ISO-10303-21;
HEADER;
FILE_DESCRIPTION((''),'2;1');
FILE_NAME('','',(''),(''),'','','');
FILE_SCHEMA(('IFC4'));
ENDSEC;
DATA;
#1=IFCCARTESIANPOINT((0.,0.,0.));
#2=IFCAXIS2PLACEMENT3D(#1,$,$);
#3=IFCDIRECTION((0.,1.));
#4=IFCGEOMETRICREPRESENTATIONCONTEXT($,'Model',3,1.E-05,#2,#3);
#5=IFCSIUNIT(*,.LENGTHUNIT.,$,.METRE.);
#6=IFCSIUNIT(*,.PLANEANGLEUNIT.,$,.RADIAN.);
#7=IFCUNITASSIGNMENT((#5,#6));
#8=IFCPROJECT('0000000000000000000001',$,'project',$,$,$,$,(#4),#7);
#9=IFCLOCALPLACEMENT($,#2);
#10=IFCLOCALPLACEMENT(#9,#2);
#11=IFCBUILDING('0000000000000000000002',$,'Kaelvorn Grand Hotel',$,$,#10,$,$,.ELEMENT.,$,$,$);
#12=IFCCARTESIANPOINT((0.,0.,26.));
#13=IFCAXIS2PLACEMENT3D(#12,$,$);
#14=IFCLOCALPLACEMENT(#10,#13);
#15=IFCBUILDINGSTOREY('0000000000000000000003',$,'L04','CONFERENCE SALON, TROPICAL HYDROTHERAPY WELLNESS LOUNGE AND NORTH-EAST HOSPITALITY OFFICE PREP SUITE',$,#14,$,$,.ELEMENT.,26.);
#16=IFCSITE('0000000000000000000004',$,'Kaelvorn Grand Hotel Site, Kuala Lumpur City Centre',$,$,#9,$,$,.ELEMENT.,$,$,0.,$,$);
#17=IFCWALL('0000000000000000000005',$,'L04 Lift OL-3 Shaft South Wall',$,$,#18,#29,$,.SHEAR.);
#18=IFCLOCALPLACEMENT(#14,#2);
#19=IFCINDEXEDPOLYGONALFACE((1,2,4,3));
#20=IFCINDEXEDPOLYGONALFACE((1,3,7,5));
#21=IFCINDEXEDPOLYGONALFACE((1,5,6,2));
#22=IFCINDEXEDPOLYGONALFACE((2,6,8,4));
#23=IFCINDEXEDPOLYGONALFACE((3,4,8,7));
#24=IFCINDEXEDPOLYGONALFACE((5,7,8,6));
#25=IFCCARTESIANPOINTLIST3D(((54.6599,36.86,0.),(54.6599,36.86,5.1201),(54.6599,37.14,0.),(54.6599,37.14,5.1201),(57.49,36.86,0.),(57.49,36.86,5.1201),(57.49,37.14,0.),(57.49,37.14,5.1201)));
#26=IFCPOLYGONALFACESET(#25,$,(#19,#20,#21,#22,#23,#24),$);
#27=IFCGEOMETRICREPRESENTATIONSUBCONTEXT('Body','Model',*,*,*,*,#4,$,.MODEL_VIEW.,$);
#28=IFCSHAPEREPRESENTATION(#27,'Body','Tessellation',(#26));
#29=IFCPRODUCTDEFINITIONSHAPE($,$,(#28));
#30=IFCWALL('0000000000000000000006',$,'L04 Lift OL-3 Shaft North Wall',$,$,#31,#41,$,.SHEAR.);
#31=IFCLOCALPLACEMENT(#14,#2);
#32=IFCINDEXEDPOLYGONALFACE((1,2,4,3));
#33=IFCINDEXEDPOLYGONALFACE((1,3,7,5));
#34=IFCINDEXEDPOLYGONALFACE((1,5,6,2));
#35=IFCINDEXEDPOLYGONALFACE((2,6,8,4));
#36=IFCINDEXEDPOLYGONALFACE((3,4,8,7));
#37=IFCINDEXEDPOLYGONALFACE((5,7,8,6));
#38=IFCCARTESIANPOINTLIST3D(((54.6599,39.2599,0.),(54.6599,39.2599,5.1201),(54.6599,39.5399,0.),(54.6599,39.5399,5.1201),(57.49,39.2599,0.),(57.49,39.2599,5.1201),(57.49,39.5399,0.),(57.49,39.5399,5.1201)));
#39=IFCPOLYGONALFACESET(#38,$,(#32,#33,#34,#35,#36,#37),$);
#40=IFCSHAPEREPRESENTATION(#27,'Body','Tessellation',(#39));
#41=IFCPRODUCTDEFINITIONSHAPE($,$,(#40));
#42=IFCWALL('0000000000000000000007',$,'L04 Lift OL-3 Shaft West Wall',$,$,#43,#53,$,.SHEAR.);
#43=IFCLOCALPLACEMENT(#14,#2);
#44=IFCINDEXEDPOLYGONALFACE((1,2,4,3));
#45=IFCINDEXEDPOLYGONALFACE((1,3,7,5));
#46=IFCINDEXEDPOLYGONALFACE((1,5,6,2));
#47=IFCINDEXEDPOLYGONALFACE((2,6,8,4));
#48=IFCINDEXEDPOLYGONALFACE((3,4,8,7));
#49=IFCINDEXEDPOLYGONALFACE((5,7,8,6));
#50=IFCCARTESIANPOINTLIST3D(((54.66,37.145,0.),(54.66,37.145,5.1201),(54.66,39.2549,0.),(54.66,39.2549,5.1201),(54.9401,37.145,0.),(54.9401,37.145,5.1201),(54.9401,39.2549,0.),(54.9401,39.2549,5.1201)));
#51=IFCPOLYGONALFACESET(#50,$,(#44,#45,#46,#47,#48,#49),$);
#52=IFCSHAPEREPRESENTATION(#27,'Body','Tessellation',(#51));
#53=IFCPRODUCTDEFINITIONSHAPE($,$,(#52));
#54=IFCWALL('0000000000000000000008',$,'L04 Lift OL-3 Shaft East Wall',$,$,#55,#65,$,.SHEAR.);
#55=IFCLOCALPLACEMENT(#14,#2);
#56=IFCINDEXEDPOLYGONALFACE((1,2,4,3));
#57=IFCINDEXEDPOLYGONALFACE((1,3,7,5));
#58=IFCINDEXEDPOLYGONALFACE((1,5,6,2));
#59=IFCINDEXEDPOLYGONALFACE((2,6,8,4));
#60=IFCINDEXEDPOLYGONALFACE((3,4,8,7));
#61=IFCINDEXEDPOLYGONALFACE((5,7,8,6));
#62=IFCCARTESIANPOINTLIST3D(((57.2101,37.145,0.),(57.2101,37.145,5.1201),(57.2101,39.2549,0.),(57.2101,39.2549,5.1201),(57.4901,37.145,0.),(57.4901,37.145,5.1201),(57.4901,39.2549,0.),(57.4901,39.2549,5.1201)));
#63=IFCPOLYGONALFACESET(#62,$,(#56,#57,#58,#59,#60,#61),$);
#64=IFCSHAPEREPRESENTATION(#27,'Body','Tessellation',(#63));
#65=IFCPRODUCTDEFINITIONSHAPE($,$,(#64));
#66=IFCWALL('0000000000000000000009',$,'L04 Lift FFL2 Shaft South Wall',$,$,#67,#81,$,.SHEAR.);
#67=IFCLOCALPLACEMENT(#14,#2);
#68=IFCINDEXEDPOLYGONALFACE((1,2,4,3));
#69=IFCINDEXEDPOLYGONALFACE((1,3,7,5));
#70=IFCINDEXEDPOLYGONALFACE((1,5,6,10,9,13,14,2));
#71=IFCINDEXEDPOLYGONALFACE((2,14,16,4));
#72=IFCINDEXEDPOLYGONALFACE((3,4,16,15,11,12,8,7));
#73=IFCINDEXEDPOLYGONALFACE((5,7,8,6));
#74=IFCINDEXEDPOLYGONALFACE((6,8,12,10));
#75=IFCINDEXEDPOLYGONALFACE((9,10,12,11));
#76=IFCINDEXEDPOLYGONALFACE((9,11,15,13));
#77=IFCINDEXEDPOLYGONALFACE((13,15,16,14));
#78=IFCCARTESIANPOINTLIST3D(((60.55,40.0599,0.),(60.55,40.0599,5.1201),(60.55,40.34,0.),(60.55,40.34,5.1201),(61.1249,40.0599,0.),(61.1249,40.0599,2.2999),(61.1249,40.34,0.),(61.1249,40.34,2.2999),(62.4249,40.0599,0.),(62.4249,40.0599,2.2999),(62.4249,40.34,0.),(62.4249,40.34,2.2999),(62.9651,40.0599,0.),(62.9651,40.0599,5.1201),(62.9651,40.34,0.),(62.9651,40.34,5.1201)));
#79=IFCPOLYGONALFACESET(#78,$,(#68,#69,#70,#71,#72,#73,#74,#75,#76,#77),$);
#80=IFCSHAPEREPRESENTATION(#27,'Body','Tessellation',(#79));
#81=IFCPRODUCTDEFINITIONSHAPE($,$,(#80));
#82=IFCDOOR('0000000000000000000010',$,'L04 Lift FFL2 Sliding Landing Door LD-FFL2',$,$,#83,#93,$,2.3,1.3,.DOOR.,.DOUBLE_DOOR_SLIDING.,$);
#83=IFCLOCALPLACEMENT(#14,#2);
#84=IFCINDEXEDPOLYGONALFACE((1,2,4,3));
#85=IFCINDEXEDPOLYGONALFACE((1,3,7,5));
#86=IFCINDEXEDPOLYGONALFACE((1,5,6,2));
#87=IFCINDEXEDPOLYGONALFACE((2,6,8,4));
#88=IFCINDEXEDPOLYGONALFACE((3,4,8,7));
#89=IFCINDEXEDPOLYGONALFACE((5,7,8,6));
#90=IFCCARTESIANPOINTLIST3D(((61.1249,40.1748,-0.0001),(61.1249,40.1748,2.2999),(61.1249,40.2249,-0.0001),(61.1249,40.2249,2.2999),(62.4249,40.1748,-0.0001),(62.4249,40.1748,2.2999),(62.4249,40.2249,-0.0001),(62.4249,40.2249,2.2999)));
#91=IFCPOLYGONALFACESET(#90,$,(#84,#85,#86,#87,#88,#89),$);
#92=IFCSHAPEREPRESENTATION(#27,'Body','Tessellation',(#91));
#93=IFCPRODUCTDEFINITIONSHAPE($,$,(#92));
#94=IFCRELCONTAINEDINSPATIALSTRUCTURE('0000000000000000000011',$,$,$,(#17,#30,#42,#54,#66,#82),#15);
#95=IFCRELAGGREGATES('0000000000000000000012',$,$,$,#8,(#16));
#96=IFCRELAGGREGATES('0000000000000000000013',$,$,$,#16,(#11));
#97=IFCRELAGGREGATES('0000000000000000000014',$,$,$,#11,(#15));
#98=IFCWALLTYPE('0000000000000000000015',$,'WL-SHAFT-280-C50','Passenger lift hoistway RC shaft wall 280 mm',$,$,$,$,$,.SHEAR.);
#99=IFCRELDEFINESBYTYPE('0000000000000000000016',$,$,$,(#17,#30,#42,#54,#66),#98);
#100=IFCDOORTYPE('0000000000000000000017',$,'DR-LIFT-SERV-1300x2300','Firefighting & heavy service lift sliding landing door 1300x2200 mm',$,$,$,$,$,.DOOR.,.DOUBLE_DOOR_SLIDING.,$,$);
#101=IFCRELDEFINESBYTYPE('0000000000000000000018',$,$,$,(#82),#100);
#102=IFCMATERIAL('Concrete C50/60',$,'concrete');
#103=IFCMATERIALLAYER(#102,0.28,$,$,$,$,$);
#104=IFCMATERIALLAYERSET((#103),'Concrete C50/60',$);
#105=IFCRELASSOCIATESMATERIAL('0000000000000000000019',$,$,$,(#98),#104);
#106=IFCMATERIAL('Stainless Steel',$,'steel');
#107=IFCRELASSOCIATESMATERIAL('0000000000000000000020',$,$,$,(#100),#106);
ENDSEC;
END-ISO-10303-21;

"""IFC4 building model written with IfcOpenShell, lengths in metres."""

from ifc_helpers import new_model, si_unit, direction, frame, frame_2d, origin, place, context, subcontext, project, spatial, rectangle, extrude, material, layer, layer_set, type_object, element, fill, save


model = new_model("IFC4")

# Units and contexts
model_context = context("Model", 3, precision=1e-05, world=origin(), true_north=direction((0.0, 1.0)))
body_context = subcontext(model_context, "Body", "Model", "MODEL_VIEW")
ifc_project = project(units=[si_unit("LENGTHUNIT", "METRE"), si_unit("PLANEANGLEUNIT", "RADIAN")], contexts=[model_context])

# Site, building, storey
site_placement = place(None, origin())
site = spatial("IfcSite", under=ifc_project, at=site_placement, Name="Kaelvorn Grand Hotel Site, Kuala Lumpur City Centre", CompositionType="ELEMENT", RefElevation=0.0)
building_placement = place(site_placement, origin())
building = spatial("IfcBuilding", under=site, at=building_placement, Name="Kaelvorn Grand Hotel", CompositionType="ELEMENT")
storey_placement = place(building_placement, frame((0.0, 0.0, 26.0)))
storey = spatial("IfcBuildingStorey", under=building, at=storey_placement, Name="L04", Description="CONFERENCE SALON, TROPICAL HYDROTHERAPY WELLNESS LOUNGE AND NORTH-EAST HOSPITALITY OFFICE PREP SUITE", CompositionType="ELEMENT", Elevation=26.0)

# Walls
ifc_material_1 = material(Name="Concrete C50/60", Category="concrete")
ifc_layer_1 = layer(ifc_material_1, 0.28)
ifc_layer_set_1 = layer_set([ifc_layer_1], Name="Concrete C50/60")
wall_type_1 = type_object("IfcWallType", Name="WL-SHAFT-280-C50", Description="Passenger lift hoistway RC shaft wall 280 mm", PredefinedType="SHEAR", material=ifc_layer_set_1)
for number, where, z_axis, x_axis, name in (
    (1, (54.6599, 37.0, 0.0), (0.0, 0.0, 1.0), (1.0, 0.0, 0.0), "L04 Lift OL-3 Shaft South Wall"),
    (2, (54.6599, 39.3999, 0.0), (0.0, 0.0, 1.0), (1.0, 0.0, 0.0), "L04 Lift OL-3 Shaft North Wall"),
):
    element("IfcWall", number, at=place(storey_placement, frame(where, z_axis=z_axis, x_axis=x_axis)), inside=storey, type_object=wall_type_1, Name=name, PredefinedType="SHEAR", context=body_context, shape_type="SweptSolid", body=[
        extrude(rectangle(XDim=2.8301, YDim=0.28, at=frame_2d((1.415, 0.0))), origin(), (0.0, 0.0, 1.0), 5.1201),
    ])
for number, where, z_axis, x_axis, name in (
    (3, (54.8, 37.145, 0.0), (0.0, 0.0, 1.0), (0.0, 1.0, 0.0), "L04 Lift OL-3 Shaft West Wall"),
    (4, (57.3501, 37.145, 0.0), (0.0, 0.0, 1.0), (0.0, 1.0, 0.0), "L04 Lift OL-3 Shaft East Wall"),
):
    element("IfcWall", number, at=place(storey_placement, frame(where, z_axis=z_axis, x_axis=x_axis)), inside=storey, type_object=wall_type_1, Name=name, PredefinedType="SHEAR", context=body_context, shape_type="SweptSolid", body=[
        extrude(rectangle(XDim=2.1099, YDim=0.28, at=frame_2d((1.0549, 0.0))), origin(), (0.0, 0.0, 1.0), 5.1201),
    ])

# Wall, opening, door
wall_1_placement = place(storey_placement, frame((60.55, 40.2, 0.0), z_axis=(0.0, 0.0, 1.0), x_axis=(1.0, 0.0, 0.0)))
wall_1 = element("IfcWall", 5, at=wall_1_placement, inside=storey, type_object=wall_type_1, Name="L04 Lift FFL2 Shaft South Wall", PredefinedType="SHEAR", context=body_context, shape_type="SweptSolid", body=[
    extrude(rectangle(XDim=2.415, YDim=0.28, at=frame_2d((1.2075, 0.0))), origin(), (0.0, 0.0, 1.0), 5.1201),
])
opening_1_placement = place(wall_1_placement, frame((0.575, 0.0, 0.0)))
opening_1 = element("IfcOpeningElement", 6, at=opening_1_placement, cuts=wall_1, PredefinedType="OPENING", context=body_context, shape_type="SweptSolid", body=[
    extrude(rectangle(XDim=1.3, YDim=2.3, at=frame_2d((0.6499, 1.1499))), frame((0.0, 0.1499, 0.0), z_axis=(0.0, -1.0, 0.0), x_axis=(1.0, 0.0, 0.0)), (0.0, 0.0, 1.0), 0.3),
])
ifc_material_2 = material(Name="Stainless Steel", Category="steel")
door_type_1 = type_object("IfcDoorType", Name="DR-LIFT-SERV-1300x2300", Description="Firefighting & heavy service lift sliding landing door 1300x2200 mm", OperationType="DOUBLE_DOOR_SLIDING", PredefinedType="DOOR", material=ifc_material_2)
door_1_placement = place(opening_1_placement, origin())
door_1 = element("IfcDoor", 7, at=door_1_placement, inside=storey, type_object=door_type_1, Name="L04 Lift FFL2 Sliding Landing Door LD-FFL2", OperationType="DOUBLE_DOOR_SLIDING", OverallHeight=2.3, OverallWidth=1.3, PredefinedType="DOOR", context=body_context, shape_type="SweptSolid", body=[
    extrude(rectangle(XDim=1.3, YDim=2.3, at=frame_2d((0.6499, 1.1499))), frame((0.0, 0.0249, 0.0), z_axis=(0.0, -1.0, 0.0), x_axis=(1.0, 0.0, 0.0)), (0.0, 0.0, 1.0), 0.05),
])
fill(opening_1, door_1)

save(model, "model.ifc")
